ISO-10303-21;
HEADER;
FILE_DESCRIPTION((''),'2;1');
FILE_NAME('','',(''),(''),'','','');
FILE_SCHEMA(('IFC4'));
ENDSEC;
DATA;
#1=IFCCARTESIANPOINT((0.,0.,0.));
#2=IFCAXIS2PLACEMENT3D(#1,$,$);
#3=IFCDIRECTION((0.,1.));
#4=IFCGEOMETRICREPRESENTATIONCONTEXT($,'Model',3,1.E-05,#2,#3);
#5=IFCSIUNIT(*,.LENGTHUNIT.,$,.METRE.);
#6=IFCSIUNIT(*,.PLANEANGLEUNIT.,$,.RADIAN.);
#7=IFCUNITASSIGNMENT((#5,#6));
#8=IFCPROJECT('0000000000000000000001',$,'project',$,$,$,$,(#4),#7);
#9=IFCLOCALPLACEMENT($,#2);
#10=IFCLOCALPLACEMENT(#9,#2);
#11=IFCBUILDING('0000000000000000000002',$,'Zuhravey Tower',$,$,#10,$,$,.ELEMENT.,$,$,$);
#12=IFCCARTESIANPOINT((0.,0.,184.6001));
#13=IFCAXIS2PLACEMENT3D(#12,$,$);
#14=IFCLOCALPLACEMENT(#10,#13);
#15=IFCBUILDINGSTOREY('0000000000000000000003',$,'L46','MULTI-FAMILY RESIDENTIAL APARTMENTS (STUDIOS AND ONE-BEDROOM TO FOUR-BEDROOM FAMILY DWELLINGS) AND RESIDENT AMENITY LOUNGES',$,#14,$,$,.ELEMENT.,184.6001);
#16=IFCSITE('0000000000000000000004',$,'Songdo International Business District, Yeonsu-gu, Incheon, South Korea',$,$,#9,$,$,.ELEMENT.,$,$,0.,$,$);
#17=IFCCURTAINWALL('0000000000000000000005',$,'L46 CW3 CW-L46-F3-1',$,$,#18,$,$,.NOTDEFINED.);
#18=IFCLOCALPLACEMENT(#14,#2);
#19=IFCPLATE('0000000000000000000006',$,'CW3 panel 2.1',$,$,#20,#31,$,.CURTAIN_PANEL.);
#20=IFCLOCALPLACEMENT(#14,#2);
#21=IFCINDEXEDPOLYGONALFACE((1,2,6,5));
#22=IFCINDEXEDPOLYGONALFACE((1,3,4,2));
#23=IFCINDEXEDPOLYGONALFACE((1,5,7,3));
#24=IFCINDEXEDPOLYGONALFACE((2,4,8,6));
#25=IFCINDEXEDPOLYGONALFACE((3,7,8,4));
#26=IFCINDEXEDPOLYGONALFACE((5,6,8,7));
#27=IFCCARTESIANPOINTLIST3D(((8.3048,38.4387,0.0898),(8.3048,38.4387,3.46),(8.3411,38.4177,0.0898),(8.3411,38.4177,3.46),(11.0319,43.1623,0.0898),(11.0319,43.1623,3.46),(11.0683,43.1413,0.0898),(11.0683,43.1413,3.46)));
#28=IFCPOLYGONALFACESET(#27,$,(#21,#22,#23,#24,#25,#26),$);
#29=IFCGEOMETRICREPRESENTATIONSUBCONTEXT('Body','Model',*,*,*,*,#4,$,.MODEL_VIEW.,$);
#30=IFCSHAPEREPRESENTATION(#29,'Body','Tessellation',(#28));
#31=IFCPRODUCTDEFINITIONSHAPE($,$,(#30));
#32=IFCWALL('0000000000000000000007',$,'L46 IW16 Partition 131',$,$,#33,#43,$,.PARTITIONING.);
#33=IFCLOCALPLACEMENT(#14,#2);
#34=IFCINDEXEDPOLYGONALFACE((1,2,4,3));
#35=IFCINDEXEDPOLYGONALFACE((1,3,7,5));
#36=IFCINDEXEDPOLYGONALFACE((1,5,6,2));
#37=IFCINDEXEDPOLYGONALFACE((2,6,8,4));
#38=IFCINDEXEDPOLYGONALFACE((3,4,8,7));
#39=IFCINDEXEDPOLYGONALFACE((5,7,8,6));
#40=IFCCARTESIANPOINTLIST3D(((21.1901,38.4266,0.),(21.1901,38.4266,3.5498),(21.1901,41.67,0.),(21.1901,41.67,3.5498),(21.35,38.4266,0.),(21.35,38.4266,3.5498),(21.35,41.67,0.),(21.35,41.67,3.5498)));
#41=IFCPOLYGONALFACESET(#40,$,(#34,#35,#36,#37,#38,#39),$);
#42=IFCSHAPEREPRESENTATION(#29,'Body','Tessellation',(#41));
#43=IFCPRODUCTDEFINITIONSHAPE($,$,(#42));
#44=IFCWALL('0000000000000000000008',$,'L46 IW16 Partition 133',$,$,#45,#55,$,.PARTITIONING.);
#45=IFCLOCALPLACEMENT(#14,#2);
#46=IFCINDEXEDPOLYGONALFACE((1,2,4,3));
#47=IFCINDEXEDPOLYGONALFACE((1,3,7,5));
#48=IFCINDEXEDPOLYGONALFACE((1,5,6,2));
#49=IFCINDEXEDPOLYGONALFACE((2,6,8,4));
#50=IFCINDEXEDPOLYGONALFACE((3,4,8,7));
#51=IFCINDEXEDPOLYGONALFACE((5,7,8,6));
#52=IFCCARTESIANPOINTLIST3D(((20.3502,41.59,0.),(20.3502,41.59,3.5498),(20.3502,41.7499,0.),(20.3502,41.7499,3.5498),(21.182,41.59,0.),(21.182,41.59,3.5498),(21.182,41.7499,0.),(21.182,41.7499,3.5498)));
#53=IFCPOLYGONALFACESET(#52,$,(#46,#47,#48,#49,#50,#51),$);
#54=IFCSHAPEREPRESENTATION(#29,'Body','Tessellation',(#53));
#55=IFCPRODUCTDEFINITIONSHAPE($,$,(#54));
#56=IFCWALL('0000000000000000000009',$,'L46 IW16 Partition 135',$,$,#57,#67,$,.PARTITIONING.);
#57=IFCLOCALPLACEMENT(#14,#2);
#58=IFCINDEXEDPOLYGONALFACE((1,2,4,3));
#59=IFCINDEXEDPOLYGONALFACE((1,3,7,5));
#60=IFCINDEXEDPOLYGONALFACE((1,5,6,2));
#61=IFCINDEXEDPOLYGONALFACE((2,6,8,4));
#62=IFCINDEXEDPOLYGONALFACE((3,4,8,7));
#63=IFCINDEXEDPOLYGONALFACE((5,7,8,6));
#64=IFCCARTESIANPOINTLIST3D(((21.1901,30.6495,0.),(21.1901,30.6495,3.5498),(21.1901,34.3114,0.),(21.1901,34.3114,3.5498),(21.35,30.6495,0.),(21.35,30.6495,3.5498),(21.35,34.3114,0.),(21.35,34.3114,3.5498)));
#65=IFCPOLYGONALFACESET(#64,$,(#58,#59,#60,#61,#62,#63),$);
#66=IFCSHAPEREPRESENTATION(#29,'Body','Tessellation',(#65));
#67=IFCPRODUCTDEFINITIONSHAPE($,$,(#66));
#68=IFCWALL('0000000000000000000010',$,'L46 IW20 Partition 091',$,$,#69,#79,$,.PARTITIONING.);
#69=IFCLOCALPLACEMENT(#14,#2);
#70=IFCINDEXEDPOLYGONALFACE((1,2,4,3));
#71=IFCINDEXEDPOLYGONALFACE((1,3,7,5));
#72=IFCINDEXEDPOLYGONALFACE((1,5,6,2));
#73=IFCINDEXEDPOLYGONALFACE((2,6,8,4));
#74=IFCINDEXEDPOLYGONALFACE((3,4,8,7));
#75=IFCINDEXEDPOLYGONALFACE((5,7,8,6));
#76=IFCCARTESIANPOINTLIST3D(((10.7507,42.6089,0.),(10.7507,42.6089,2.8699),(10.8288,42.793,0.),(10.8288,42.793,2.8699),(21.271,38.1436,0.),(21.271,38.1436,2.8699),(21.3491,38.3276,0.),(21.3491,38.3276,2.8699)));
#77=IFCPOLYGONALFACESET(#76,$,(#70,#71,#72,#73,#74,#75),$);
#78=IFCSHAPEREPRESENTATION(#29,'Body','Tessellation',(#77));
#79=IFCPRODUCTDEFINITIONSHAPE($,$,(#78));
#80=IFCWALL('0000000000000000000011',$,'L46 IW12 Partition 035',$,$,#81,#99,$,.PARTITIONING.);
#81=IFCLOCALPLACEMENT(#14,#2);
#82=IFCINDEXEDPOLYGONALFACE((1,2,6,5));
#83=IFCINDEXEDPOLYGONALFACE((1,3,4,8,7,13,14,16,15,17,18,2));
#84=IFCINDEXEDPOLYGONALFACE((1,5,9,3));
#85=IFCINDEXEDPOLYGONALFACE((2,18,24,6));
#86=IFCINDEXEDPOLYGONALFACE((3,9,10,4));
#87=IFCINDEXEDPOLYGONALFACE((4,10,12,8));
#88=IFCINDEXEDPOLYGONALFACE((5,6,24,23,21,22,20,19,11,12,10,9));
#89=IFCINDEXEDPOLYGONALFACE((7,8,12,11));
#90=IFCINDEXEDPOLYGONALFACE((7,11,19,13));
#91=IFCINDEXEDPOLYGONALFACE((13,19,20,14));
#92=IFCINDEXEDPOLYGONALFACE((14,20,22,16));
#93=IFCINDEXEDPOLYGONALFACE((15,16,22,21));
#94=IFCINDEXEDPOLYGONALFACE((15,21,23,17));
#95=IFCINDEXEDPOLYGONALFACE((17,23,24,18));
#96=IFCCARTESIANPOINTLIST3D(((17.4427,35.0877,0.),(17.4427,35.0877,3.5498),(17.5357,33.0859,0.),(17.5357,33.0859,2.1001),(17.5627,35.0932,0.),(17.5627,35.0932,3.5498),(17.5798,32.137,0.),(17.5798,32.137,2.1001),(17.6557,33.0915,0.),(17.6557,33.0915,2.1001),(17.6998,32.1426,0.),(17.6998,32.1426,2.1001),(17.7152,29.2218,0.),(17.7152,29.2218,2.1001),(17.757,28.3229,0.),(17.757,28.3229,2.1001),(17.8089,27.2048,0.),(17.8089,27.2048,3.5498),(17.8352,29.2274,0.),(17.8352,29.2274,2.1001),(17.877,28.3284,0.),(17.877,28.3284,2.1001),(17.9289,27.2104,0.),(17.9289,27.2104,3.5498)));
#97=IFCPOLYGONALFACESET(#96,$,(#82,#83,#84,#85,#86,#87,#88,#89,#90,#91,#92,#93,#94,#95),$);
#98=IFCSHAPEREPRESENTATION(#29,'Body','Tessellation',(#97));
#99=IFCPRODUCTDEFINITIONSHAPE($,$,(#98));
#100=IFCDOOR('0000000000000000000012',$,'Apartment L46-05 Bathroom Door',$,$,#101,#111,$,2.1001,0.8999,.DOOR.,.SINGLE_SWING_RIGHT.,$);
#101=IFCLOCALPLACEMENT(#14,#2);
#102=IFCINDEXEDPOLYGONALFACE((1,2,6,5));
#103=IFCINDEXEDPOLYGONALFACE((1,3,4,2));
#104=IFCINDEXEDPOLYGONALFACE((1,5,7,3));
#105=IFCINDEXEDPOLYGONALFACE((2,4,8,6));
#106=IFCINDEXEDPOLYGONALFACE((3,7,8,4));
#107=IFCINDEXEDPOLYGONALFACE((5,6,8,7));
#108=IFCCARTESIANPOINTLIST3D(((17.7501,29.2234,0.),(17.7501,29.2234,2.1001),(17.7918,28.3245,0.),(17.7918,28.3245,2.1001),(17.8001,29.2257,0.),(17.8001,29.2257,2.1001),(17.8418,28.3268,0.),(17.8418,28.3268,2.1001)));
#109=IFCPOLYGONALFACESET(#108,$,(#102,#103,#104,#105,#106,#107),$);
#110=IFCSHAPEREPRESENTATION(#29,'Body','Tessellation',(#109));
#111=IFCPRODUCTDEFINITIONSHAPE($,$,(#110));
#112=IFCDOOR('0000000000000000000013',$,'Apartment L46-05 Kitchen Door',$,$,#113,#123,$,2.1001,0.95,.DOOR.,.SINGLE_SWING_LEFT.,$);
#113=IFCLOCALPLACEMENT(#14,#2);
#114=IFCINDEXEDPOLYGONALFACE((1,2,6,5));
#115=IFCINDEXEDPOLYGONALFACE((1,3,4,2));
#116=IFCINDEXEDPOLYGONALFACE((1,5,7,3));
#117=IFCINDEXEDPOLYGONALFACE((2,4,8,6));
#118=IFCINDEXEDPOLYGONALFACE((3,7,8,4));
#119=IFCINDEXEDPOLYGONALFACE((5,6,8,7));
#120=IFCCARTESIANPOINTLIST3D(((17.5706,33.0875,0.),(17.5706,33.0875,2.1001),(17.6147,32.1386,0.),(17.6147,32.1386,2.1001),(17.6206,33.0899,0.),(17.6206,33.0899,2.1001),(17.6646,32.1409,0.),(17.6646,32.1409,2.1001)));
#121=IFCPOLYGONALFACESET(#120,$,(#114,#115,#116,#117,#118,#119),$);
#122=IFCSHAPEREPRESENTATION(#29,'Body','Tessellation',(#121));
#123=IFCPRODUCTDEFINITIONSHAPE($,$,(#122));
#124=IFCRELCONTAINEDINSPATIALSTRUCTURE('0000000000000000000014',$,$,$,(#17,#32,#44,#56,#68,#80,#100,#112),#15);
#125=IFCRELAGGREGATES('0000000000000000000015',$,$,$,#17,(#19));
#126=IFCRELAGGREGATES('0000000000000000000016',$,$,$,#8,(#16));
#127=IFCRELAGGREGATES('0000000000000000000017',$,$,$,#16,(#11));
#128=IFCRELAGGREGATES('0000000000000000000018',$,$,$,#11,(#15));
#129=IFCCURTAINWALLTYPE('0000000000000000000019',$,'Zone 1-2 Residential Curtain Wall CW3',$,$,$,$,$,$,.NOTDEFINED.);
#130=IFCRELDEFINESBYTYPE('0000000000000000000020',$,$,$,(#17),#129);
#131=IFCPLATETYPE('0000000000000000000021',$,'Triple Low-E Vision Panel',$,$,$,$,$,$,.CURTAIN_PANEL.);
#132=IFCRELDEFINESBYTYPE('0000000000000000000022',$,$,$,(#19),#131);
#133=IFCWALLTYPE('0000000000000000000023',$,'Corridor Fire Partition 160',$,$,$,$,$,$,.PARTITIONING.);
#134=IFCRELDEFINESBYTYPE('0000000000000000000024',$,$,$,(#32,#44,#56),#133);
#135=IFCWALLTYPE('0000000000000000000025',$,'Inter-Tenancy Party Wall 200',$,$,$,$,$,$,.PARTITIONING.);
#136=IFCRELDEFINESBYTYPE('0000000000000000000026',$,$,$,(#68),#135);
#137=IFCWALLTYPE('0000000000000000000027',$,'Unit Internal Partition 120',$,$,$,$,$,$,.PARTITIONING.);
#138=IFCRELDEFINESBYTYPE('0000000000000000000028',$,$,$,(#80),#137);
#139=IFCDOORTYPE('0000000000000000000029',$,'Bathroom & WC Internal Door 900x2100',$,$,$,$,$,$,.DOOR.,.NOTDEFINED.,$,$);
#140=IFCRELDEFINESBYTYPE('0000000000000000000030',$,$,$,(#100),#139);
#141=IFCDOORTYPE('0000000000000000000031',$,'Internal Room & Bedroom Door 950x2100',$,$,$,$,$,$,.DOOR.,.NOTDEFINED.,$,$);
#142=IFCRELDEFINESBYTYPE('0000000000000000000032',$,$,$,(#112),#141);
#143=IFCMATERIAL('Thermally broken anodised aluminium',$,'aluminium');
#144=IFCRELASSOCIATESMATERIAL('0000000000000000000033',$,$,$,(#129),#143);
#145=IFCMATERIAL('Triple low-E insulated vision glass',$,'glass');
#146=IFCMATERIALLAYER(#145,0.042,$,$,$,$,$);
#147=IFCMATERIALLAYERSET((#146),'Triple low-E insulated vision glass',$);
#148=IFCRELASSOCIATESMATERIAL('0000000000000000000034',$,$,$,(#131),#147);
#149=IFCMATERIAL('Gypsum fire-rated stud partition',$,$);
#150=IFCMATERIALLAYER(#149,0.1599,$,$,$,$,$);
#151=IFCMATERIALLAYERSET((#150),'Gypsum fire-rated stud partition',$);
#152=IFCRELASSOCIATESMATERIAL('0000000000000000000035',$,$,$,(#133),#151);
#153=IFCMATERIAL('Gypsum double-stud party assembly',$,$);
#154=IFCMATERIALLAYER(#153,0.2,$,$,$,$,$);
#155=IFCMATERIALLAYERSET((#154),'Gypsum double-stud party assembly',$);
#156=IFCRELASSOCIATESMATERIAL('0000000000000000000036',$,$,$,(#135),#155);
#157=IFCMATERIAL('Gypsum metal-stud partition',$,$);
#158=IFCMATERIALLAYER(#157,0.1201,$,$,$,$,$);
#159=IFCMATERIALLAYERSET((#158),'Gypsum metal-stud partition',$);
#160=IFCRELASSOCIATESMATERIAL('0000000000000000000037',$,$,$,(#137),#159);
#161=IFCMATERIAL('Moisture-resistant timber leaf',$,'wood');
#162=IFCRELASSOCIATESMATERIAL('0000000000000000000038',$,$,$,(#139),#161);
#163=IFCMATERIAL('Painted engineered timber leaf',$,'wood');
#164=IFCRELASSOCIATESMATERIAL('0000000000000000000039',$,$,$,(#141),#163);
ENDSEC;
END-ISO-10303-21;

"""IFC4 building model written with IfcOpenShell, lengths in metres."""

from ifc_helpers import new_model, si_unit, direction, frame, frame_2d, origin, origin_2d, place, context, subcontext, project, spatial, rectangle, extrude, material, layer, layer_set, type_object, element, fill, aggregate, save


model = new_model("IFC4")

# Units and contexts
model_context = context("Model", 3, precision=1e-05, world=origin(), true_north=direction((0.0, 1.0)))
body_context = subcontext(model_context, "Body", "Model", "MODEL_VIEW")
ifc_project = project(units=[si_unit("LENGTHUNIT", "METRE"), si_unit("PLANEANGLEUNIT", "RADIAN")], contexts=[model_context])

# Site, building, storey
site_placement = place(None, origin())
site = spatial("IfcSite", under=ifc_project, at=site_placement, Name="Songdo International Business District, Yeonsu-gu, Incheon, South Korea", CompositionType="ELEMENT", RefElevation=0.0)
building_placement = place(site_placement, origin())
building = spatial("IfcBuilding", under=site, at=building_placement, Name="Zuhravey Tower", CompositionType="ELEMENT")
storey_placement = place(building_placement, frame((0.0, 0.0, 184.6001)))
storey = spatial("IfcBuildingStorey", under=building, at=storey_placement, Name="L46", Description="MULTI-FAMILY RESIDENTIAL APARTMENTS (STUDIOS AND ONE-BEDROOM TO FOUR-BEDROOM FAMILY DWELLINGS) AND RESIDENT AMENITY LOUNGES", CompositionType="ELEMENT", Elevation=184.6001)

# Curtain wall
ifc_material_1 = material(Name="Thermally broken anodised aluminium", Category="aluminium")
curtain_wall_type = type_object("IfcCurtainWallType", Name="Zone 1-2 Residential Curtain Wall CW3", PredefinedType="NOTDEFINED", material=ifc_material_1)
curtain_wall_placement = place(storey_placement, origin())
curtain_wall = element("IfcCurtainWall", 1, at=curtain_wall_placement, inside=storey, type_object=curtain_wall_type, Name="L46 CW3 CW-L46-F3-1", PredefinedType="NOTDEFINED")

# Plate
ifc_material_2 = material(Name="Triple low-E insulated vision glass", Category="glass")
ifc_layer_1 = layer(ifc_material_2, 0.042)
ifc_layer_set_1 = layer_set([ifc_layer_1], Name="Triple low-E insulated vision glass")
plate_type_1 = type_object("IfcPlateType", Name="Triple Low-E Vision Panel", PredefinedType="CURTAIN_PANEL", material=ifc_layer_set_1)
plate_1_placement = place(storey_placement, frame((9.6865, 40.79, 0.0898), z_axis=(0.0, 0.0, 1.0), x_axis=(0.5, 0.866025, 0.0)))
plate_1 = element("IfcPlate", 2, at=plate_1_placement, type_object=plate_type_1, Name="CW3 panel 2.1", PredefinedType="CURTAIN_PANEL", context=body_context, shape_type="SweptSolid", body=[
    extrude(rectangle(XDim=5.4543, YDim=0.042, at=origin_2d()), origin(), (0.0, 0.0, 1.0), 3.3701),
])
aggregate(curtain_wall, [plate_1])

# Shared definitions
ifc_material_3 = material(Name="Gypsum fire-rated stud partition")
ifc_layer_2 = layer(ifc_material_3, 0.1599)
ifc_layer_set_2 = layer_set([ifc_layer_2], Name="Gypsum fire-rated stud partition")
wall_type_1 = type_object("IfcWallType", Name="Corridor Fire Partition 160", PredefinedType="PARTITIONING", material=ifc_layer_set_2)

# Walls
wall_1_placement = place(storey_placement, frame((21.27, 41.6699, 0.0), z_axis=(0.0, 0.0, 1.0), x_axis=(0.0, -1.0, 0.0)))
element("IfcWall", 3, at=wall_1_placement, inside=storey, type_object=wall_type_1, Name="L46 IW16 Partition 131", PredefinedType="PARTITIONING", context=body_context, shape_type="SweptSolid", body=[
    extrude(rectangle(XDim=3.2434, YDim=0.1599, at=frame_2d((1.6216, 0.0))), origin(), (0.0, 0.0, 1.0), 3.5498),
])
wall_2_placement = place(storey_placement, frame((20.3501, 41.6699, 0.0), z_axis=(0.0, 0.0, 1.0), x_axis=(1.0, 0.0, 0.0)))
element("IfcWall", 4, at=wall_2_placement, inside=storey, type_object=wall_type_1, Name="L46 IW16 Partition 133", PredefinedType="PARTITIONING", context=body_context, shape_type="SweptSolid", body=[
    extrude(rectangle(XDim=0.8318, YDim=0.1599, at=frame_2d((0.416, 0.0))), origin(), (0.0, 0.0, 1.0), 3.5498),
])
wall_3_placement = place(storey_placement, frame((21.27, 34.3115, 0.0), z_axis=(0.0, 0.0, 1.0), x_axis=(0.0, -1.0, 0.0)))
element("IfcWall", 5, at=wall_3_placement, inside=storey, type_object=wall_type_1, Name="L46 IW16 Partition 135", PredefinedType="PARTITIONING", context=body_context, shape_type="SweptSolid", body=[
    extrude(rectangle(XDim=3.6619, YDim=0.1599, at=frame_2d((1.8311, 0.0))), origin(), (0.0, 0.0, 1.0), 3.5498),
])
ifc_material_4 = material(Name="Gypsum double-stud party assembly")
ifc_layer_3 = layer(ifc_material_4, 0.2)
ifc_layer_set_3 = layer_set([ifc_layer_3], Name="Gypsum double-stud party assembly")
wall_type_2 = type_object("IfcWallType", Name="Inter-Tenancy Party Wall 200", PredefinedType="PARTITIONING", material=ifc_layer_set_3)
wall_4_placement = place(storey_placement, frame((21.3101, 38.2356, 0.0), z_axis=(0.0, 0.0, 1.0), x_axis=(-0.920513, 0.390712, 0.0)))
element("IfcWall", 6, at=wall_4_placement, inside=storey, type_object=wall_type_2, Name="L46 IW20 Partition 091", PredefinedType="PARTITIONING", context=body_context, shape_type="SweptSolid", body=[
    extrude(rectangle(XDim=11.4287, YDim=0.2, at=frame_2d((5.7144, 0.0))), origin(), (0.0, 0.0, 1.0), 2.8699),
])

# Wall, openings, doors
ifc_material_5 = material(Name="Gypsum metal-stud partition")
ifc_layer_4 = layer(ifc_material_5, 0.1201)
ifc_layer_set_4 = layer_set([ifc_layer_4], Name="Gypsum metal-stud partition")
wall_type_3 = type_object("IfcWallType", Name="Unit Internal Partition 120", PredefinedType="PARTITIONING", material=ifc_layer_set_4)
wall_5_placement = place(storey_placement, frame((17.5027, 35.0906, 0.0), z_axis=(0.0, 0.0, 1.0), x_axis=(0.046407, -0.998923, 0.0)))
wall_5 = element("IfcWall", 7, at=wall_5_placement, inside=storey, type_object=wall_type_3, Name="L46 IW12 Partition 035", PredefinedType="PARTITIONING", context=body_context, shape_type="SweptSolid", body=[
    extrude(rectangle(XDim=7.8914, YDim=0.1201, at=frame_2d((3.9458, 0.0))), origin(), (0.0, 0.0, 1.0), 3.5498),
])
opening_1_placement = place(wall_5_placement, frame((2.0039, 0.0, 0.0)))
opening_1 = element("IfcOpeningElement", 8, at=opening_1_placement, cuts=wall_5, PredefinedType="OPENING", context=body_context, shape_type="SweptSolid", body=[
    extrude(rectangle(XDim=0.95, YDim=2.1001, at=frame_2d((0.4751, 1.05))), frame((0.0, 0.072, 0.0), z_axis=(0.0, -1.0, 0.0), x_axis=(1.0, 0.0, 0.0)), (0.0, 0.0, 1.0), 0.144),
])
opening_2_placement = place(wall_5_placement, frame((5.8723, 0.0, 0.0)))
opening_2 = element("IfcOpeningElement", 9, at=opening_2_placement, cuts=wall_5, PredefinedType="OPENING", context=body_context, shape_type="SweptSolid", body=[
    extrude(rectangle(XDim=0.8999, YDim=2.1001, at=frame_2d((0.45, 1.05))), frame((0.0, 0.072, 0.0), z_axis=(0.0, -1.0, 0.0), x_axis=(1.0, 0.0, 0.0)), (0.0, 0.0, 1.0), 0.144),
])
ifc_material_6 = material(Name="Moisture-resistant timber leaf", Category="wood")
door_type_1 = type_object("IfcDoorType", Name="Bathroom & WC Internal Door 900x2100", OperationType="NOTDEFINED", PredefinedType="DOOR", material=ifc_material_6)
door_1_placement = place(opening_2_placement, origin())
door_1 = element("IfcDoor", 10, at=door_1_placement, inside=storey, type_object=door_type_1, Name="Apartment L46-05 Bathroom Door", OperationType="SINGLE_SWING_RIGHT", OverallHeight=2.1001, OverallWidth=0.8999, PredefinedType="DOOR", context=body_context, shape_type="SweptSolid", body=[
    extrude(rectangle(XDim=0.8999, YDim=2.1001, at=frame_2d((0.45, 1.05))), frame((0.0, 0.0249, 0.0), z_axis=(0.0, -1.0, 0.0), x_axis=(1.0, 0.0, 0.0)), (0.0, 0.0, 1.0), 0.05),
])
fill(opening_2, door_1)
ifc_material_7 = material(Name="Painted engineered timber leaf", Category="wood")
door_type_2 = type_object("IfcDoorType", Name="Internal Room & Bedroom Door 950x2100", OperationType="NOTDEFINED", PredefinedType="DOOR", material=ifc_material_7)
door_2_placement = place(opening_1_placement, origin())
door_2 = element("IfcDoor", 11, at=door_2_placement, inside=storey, type_object=door_type_2, Name="Apartment L46-05 Kitchen Door", OperationType="SINGLE_SWING_LEFT", OverallHeight=2.1001, OverallWidth=0.95, PredefinedType="DOOR", context=body_context, shape_type="SweptSolid", body=[
    extrude(rectangle(XDim=0.95, YDim=2.1001, at=frame_2d((0.4751, 1.05))), frame((0.0, 0.0249, 0.0), z_axis=(0.0, -1.0, 0.0), x_axis=(1.0, 0.0, 0.0)), (0.0, 0.0, 1.0), 0.05),
])
fill(opening_1, door_2)

save(model, "model.ifc")
